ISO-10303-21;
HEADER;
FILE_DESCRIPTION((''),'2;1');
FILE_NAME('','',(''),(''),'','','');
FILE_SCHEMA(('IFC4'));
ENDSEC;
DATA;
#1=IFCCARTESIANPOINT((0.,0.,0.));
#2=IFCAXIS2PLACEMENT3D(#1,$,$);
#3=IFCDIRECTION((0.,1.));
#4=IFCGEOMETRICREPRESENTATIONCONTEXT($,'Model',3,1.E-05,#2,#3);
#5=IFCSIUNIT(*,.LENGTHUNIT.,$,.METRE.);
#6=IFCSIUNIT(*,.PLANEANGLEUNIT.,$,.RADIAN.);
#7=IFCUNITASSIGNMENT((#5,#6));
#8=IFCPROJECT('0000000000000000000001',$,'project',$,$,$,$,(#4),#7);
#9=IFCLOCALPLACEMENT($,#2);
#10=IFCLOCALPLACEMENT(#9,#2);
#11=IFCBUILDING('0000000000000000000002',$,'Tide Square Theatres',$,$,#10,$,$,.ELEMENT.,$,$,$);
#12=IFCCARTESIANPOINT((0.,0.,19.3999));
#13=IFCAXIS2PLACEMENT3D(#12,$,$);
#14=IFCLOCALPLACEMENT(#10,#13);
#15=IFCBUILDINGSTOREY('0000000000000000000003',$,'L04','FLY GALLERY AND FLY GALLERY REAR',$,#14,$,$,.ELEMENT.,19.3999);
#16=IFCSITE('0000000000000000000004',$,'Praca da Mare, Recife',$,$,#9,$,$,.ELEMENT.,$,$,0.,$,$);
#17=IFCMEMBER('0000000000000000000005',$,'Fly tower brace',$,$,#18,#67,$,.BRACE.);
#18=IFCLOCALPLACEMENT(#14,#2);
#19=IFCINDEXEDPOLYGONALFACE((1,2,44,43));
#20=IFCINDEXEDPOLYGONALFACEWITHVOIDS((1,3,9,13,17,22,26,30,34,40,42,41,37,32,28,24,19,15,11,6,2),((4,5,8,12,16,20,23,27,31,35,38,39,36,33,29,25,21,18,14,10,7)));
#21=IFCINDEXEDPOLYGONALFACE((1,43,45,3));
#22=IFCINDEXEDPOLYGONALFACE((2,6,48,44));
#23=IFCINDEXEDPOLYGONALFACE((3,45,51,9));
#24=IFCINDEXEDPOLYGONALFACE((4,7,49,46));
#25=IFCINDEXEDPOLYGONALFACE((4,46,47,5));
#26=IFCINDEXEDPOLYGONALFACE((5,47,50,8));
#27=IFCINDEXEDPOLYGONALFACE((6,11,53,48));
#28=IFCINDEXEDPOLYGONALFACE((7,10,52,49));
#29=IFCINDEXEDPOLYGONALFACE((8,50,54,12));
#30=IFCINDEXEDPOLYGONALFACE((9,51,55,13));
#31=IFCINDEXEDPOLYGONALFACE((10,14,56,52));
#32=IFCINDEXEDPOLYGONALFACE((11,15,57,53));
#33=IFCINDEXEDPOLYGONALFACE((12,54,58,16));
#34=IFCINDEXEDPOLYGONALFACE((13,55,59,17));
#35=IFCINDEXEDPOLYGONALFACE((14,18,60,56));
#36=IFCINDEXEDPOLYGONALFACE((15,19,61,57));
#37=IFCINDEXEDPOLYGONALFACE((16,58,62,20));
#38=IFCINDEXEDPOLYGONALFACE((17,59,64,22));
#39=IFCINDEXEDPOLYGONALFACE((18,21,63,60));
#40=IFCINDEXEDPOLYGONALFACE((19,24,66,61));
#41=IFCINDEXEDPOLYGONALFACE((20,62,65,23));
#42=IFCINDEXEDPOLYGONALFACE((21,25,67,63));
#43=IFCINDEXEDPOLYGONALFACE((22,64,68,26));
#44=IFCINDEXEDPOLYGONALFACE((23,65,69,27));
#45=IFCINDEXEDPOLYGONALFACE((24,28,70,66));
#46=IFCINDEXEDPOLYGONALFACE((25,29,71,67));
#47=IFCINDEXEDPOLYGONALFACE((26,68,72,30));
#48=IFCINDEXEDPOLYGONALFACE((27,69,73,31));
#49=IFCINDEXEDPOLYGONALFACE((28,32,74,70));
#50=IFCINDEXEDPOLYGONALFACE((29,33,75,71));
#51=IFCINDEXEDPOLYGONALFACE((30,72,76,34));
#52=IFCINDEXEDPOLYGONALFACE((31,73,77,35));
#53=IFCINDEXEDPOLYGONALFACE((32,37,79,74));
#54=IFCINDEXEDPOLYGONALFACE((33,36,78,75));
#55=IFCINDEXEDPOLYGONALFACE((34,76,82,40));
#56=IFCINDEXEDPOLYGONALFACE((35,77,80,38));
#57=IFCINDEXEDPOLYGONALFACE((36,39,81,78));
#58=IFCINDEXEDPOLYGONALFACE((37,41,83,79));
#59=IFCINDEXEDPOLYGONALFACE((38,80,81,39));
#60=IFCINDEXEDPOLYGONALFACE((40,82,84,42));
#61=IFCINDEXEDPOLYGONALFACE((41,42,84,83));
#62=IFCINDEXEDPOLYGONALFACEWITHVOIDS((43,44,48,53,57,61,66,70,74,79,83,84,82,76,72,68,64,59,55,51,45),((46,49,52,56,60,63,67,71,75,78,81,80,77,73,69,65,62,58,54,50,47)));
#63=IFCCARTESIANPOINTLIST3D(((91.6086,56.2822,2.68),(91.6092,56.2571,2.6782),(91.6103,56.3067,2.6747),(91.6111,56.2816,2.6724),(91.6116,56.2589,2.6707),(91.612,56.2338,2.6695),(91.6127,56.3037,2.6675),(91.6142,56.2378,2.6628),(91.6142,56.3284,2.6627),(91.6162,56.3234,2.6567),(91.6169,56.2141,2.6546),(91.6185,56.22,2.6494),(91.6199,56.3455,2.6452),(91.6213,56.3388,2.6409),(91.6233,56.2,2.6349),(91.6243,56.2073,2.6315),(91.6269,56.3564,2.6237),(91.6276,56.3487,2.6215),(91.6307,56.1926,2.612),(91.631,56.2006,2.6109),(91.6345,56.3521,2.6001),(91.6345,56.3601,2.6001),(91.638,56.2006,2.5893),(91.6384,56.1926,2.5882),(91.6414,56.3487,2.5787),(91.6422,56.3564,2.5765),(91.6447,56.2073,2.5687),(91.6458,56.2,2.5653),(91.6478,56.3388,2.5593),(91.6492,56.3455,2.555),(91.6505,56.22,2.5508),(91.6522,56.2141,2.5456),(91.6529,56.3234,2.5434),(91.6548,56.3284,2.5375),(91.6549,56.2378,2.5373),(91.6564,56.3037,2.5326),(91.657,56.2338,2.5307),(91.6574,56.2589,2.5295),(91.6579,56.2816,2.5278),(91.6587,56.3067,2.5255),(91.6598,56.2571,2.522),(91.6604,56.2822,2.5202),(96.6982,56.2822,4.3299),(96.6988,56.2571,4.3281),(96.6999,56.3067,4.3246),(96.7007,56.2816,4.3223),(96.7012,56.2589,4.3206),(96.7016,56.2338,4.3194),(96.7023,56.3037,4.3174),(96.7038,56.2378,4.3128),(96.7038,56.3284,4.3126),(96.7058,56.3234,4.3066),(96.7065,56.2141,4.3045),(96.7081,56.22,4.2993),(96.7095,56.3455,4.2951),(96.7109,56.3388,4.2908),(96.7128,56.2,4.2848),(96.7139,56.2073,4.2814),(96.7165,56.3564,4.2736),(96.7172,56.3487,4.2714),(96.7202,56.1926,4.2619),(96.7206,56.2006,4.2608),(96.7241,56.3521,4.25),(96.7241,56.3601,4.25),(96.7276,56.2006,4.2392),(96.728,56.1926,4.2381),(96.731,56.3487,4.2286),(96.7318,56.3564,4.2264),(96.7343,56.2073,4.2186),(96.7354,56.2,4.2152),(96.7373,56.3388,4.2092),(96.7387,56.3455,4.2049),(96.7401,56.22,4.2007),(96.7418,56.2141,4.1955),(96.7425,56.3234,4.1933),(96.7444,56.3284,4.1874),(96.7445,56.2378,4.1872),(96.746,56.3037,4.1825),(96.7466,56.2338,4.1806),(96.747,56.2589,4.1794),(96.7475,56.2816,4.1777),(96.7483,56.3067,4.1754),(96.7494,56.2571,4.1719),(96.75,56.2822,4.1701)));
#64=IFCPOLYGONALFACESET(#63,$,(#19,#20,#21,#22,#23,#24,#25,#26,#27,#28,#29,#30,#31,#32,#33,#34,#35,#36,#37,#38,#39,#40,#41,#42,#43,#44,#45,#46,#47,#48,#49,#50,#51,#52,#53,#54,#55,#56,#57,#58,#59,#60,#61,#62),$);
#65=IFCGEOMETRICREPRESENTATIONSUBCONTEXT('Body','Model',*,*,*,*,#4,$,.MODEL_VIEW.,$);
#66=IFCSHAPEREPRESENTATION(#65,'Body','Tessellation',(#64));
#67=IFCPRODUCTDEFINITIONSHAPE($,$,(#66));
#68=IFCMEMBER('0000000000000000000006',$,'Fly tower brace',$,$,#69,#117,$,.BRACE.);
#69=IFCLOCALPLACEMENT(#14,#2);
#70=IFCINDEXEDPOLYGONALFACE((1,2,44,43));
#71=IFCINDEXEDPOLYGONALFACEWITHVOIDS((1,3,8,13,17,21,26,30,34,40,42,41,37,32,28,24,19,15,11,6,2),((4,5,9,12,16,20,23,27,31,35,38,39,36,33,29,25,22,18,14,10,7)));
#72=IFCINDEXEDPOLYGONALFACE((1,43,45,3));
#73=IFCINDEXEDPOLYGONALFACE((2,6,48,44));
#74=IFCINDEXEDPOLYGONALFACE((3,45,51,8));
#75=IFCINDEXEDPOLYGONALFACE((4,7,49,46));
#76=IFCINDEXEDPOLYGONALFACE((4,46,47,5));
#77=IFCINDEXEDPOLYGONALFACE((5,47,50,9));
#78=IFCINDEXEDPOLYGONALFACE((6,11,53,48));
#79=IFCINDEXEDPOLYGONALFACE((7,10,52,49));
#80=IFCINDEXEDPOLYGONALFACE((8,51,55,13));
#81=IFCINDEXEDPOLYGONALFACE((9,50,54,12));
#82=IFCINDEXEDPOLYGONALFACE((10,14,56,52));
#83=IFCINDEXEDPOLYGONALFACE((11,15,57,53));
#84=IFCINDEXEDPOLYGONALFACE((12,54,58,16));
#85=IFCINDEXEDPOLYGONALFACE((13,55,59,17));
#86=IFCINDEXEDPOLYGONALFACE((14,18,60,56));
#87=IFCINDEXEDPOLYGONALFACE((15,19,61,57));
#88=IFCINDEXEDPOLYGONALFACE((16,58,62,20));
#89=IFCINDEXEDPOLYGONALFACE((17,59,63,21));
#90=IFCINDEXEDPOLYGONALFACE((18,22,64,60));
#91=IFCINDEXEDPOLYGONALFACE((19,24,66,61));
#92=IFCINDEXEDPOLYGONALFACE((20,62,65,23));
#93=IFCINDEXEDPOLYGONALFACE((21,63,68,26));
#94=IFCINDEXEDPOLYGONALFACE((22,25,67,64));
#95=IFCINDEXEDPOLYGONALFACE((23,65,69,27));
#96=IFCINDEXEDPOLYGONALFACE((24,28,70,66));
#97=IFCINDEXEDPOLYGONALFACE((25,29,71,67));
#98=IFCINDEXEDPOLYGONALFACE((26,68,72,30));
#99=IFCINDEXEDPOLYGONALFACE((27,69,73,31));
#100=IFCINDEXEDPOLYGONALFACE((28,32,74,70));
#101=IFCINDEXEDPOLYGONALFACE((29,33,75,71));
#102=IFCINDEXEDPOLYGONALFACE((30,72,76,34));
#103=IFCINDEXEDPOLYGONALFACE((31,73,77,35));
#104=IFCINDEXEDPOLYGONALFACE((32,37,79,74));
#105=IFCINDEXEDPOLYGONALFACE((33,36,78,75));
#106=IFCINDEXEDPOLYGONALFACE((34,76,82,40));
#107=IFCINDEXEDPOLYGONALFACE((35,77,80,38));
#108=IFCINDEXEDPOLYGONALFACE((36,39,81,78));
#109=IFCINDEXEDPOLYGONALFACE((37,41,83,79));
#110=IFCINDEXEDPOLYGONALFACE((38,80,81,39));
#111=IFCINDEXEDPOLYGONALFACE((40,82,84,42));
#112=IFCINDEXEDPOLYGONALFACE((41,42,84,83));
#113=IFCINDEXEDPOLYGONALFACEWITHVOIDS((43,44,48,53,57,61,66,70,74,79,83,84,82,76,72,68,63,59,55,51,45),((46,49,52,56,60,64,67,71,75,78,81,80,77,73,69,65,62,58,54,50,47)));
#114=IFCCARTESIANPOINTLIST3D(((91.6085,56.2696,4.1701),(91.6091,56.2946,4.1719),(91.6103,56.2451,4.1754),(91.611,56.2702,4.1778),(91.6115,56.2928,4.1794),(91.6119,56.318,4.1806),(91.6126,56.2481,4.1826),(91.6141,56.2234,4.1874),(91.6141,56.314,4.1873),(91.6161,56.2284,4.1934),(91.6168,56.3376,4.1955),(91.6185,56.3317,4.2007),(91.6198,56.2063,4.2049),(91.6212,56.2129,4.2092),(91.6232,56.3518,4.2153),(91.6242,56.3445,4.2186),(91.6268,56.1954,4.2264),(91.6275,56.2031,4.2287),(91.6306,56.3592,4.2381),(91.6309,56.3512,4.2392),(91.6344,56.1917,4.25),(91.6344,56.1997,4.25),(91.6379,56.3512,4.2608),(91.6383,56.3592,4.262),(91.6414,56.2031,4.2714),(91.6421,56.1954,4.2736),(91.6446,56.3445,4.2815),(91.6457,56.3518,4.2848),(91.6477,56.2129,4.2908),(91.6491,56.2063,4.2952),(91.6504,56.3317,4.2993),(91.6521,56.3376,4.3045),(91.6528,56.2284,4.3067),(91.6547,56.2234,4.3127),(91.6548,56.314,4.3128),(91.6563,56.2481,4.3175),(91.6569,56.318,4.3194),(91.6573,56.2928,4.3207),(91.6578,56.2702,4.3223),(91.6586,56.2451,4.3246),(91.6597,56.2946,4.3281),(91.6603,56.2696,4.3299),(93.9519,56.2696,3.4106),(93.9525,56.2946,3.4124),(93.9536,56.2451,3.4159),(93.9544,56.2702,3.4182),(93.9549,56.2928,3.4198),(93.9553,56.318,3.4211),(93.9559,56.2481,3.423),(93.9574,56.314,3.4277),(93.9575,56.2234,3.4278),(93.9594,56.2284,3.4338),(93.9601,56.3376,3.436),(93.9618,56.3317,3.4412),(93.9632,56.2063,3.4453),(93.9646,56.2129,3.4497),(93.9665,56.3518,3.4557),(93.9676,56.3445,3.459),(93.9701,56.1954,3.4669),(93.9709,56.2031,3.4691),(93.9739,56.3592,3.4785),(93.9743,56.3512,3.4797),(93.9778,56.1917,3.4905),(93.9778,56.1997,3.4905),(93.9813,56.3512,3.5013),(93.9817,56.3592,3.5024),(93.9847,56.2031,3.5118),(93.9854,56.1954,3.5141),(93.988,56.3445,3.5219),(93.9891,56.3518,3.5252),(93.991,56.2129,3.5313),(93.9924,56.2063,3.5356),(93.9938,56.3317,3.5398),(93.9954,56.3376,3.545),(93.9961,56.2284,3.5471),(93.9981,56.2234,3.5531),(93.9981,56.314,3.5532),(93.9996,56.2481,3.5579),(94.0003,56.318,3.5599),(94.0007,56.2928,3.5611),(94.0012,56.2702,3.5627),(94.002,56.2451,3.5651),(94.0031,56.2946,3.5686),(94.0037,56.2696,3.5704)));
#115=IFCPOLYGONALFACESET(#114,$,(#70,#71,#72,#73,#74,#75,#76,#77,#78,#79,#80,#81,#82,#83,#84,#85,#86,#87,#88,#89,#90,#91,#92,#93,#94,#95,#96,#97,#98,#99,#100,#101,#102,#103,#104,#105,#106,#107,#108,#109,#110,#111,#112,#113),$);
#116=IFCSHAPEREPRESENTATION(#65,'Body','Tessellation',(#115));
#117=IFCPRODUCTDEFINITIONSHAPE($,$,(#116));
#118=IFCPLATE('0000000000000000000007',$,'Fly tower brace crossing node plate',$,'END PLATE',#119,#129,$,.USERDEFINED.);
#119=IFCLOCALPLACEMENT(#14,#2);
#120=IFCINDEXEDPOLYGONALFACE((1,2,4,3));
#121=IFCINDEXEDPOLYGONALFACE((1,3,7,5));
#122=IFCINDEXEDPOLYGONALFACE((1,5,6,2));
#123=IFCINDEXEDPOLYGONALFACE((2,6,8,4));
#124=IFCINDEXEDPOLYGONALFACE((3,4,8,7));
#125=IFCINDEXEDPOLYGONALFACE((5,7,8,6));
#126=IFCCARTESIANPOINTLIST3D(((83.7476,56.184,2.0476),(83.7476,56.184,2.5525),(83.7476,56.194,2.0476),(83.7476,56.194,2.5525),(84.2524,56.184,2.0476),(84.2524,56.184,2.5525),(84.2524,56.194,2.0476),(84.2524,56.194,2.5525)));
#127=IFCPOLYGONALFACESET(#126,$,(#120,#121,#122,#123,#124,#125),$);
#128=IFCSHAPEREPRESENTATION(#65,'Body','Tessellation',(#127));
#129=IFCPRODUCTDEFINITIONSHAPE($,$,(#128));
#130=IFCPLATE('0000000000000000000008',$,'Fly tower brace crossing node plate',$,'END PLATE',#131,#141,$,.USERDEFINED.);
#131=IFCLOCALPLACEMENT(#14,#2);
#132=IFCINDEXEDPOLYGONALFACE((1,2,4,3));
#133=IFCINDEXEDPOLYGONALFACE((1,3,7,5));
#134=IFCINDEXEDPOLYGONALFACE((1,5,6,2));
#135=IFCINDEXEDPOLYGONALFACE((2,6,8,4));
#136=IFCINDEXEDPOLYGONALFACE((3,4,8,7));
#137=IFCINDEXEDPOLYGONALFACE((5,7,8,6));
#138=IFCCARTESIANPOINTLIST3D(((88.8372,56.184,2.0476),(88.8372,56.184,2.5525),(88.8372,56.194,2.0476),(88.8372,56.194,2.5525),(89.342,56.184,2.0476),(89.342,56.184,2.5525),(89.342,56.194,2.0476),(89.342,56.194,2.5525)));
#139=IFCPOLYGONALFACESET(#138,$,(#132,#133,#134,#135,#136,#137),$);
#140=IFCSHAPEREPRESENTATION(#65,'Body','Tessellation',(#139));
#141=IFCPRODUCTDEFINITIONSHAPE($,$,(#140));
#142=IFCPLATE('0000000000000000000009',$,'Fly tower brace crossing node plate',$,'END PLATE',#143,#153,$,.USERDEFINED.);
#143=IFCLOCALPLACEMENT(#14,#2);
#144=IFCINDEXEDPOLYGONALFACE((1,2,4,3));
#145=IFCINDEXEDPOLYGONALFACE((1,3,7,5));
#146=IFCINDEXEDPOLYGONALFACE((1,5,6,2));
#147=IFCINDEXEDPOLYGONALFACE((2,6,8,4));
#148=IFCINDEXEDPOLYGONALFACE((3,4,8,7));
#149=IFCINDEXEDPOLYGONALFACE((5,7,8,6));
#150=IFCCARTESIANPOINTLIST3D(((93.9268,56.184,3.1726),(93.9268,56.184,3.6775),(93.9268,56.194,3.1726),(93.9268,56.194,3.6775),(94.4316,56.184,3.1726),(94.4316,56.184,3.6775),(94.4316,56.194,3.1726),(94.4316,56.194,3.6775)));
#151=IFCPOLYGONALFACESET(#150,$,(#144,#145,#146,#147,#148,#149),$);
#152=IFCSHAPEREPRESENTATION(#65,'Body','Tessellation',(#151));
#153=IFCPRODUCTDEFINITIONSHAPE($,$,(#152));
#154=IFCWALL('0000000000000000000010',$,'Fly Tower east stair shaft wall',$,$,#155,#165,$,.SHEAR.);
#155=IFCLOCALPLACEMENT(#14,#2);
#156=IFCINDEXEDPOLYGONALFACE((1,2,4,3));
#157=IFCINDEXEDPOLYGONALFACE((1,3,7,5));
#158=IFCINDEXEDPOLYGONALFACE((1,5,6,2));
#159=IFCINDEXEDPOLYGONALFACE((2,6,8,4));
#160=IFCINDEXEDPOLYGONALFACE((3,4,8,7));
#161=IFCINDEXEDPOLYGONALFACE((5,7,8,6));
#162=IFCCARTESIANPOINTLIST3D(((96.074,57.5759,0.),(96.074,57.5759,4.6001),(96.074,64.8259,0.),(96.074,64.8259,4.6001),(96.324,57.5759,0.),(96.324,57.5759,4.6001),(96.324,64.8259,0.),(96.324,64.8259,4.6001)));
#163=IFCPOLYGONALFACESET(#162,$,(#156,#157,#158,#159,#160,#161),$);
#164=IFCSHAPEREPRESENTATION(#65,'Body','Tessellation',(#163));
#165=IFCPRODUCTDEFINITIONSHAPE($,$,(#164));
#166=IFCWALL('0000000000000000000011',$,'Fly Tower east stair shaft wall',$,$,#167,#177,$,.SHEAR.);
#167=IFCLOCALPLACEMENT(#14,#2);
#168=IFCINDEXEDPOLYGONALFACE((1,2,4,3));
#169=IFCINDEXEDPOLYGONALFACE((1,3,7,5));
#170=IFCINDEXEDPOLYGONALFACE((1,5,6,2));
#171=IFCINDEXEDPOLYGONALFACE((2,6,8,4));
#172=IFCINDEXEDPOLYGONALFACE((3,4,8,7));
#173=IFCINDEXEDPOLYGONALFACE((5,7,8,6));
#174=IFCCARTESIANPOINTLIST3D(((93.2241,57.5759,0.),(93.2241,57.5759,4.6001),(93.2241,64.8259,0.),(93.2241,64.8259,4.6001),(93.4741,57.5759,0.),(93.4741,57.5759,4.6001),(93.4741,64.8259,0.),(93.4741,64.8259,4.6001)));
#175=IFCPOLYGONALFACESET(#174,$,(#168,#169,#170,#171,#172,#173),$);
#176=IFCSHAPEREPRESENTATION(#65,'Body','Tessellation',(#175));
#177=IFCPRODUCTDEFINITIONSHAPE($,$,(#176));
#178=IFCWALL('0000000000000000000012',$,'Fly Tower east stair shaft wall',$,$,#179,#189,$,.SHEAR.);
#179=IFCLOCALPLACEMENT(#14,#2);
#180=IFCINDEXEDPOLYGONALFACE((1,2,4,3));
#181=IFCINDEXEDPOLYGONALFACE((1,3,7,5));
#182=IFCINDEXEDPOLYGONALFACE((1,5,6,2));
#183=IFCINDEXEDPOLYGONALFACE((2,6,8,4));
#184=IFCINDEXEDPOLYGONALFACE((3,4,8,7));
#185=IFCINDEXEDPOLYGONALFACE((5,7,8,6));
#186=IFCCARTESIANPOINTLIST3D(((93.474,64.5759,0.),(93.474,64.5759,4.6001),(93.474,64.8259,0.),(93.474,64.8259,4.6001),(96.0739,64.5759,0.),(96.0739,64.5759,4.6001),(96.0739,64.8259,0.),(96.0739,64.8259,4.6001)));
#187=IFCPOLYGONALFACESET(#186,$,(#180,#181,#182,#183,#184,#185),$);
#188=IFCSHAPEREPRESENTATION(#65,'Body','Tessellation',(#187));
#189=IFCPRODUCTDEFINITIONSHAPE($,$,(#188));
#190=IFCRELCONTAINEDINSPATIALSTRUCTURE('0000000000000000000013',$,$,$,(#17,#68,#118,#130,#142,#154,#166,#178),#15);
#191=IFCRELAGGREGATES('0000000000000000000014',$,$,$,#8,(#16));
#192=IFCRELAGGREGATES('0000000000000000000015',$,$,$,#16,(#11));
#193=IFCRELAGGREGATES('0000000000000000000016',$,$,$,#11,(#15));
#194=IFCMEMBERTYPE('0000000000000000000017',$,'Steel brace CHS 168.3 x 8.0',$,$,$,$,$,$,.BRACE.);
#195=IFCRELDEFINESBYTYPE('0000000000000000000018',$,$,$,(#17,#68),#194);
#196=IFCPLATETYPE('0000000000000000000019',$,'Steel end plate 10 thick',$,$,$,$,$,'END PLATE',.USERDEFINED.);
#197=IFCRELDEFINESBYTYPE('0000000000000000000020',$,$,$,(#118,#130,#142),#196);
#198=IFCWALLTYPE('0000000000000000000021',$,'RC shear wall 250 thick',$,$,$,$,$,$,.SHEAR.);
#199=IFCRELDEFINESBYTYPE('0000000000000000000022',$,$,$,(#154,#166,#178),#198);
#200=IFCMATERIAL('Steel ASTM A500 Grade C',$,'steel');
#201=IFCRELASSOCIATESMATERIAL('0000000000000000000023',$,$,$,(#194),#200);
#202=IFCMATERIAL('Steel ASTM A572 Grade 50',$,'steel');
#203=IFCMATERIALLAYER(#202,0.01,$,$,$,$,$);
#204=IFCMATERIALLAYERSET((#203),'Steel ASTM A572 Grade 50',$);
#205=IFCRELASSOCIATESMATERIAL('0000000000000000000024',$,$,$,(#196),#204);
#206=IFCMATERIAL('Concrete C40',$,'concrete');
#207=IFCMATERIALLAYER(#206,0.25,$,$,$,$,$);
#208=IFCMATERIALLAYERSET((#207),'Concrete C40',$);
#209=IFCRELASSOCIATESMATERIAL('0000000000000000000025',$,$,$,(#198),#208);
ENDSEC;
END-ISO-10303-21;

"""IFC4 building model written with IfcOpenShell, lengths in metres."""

from ifc_helpers import new_model, si_unit, direction, frame, frame_2d, origin, origin_2d, place, context, subcontext, project, spatial, rectangle, hollow_circle, extrude, material, layer, layer_set, material_profile, profile_set, type_object, element, save


model = new_model("IFC4")

# Units and contexts
model_context = context("Model", 3, precision=1e-05, world=origin(), true_north=direction((0.0, 1.0)))
body_context = subcontext(model_context, "Body", "Model", "MODEL_VIEW")
ifc_project = project(units=[si_unit("LENGTHUNIT", "METRE"), si_unit("PLANEANGLEUNIT", "RADIAN")], contexts=[model_context])

# Site, building, storey
site_placement = place(None, origin())
site = spatial("IfcSite", under=ifc_project, at=site_placement, Name="Praca da Mare, Recife", CompositionType="ELEMENT", RefElevation=0.0)
building_placement = place(site_placement, origin())
building = spatial("IfcBuilding", under=site, at=building_placement, Name="Tide Square Theatres", CompositionType="ELEMENT")
storey_placement = place(building_placement, frame((0.0, 0.0, 19.3999)))
storey = spatial("IfcBuildingStorey", under=building, at=storey_placement, Name="L04", Description="FLY GALLERY AND FLY GALLERY REAR", CompositionType="ELEMENT", Elevation=19.3999)

# Members
ifc_material_1 = material(Name="Steel ASTM A500 Grade C", Category="steel")
ifc_material_profile_1 = material_profile(ifc_material_1, hollow_circle(Radius=0.0842, WallThickness=0.0081, at=origin_2d()))
ifc_profile_set_1 = profile_set([ifc_material_profile_1], Name="Steel ASTM A500 Grade C")
member_type = type_object("IfcMemberType", Name="Steel brace CHS 168.3 x 8.0", PredefinedType="BRACE", material=ifc_profile_set_1)
member_1_placement = place(storey_placement, frame((91.6345, 56.2759, 2.6001), z_axis=(0.951266, 0.0, 0.308373), x_axis=(0.0, 1.0, 0.0)))
element("IfcMember", 1, at=member_1_placement, inside=storey, type_object=member_type, Name="Fly tower brace", PredefinedType="BRACE", context=body_context, shape_type="SweptSolid", body=[
    extrude(hollow_circle(Radius=0.0842, WallThickness=0.0081, at=origin_2d()), origin(), (0.0, 0.0, 1.0), 5.3503),
])
member_2_placement = place(storey_placement, frame((93.9778, 56.2759, 3.4905), z_axis=(-0.951277, 0.0, 0.308337), x_axis=(0.0, -1.0, 0.0)))
element("IfcMember", 2, at=member_2_placement, inside=storey, type_object=member_type, Name="Fly tower brace", PredefinedType="BRACE", context=body_context, shape_type="SweptSolid", body=[
    extrude(hollow_circle(Radius=0.0842, WallThickness=0.0081, at=origin_2d()), origin(), (0.0, 0.0, 1.0), 2.4634),
])

# Plates
ifc_material_2 = material(Name="Steel ASTM A572 Grade 50", Category="steel")
ifc_layer_1 = layer(ifc_material_2, 0.01)
ifc_layer_set_1 = layer_set([ifc_layer_1], Name="Steel ASTM A572 Grade 50")
plate_type = type_object("IfcPlateType", Name="Steel end plate 10 thick", ElementType="END PLATE", PredefinedType="USERDEFINED", material=ifc_layer_set_1)
for number, where, z_axis, x_axis, name in (
    (3, (84.0, 56.189, 2.0476), (0.0, 0.0, 1.0), (0.0, -1.0, 0.0), "Fly tower brace crossing node plate"),
    (4, (89.0896, 56.189, 2.0476), (0.0, 0.0, 1.0), (0.0, -1.0, 0.0), "Fly tower brace crossing node plate"),
    (5, (94.1792, 56.189, 3.1726), (0.0, 0.0, 1.0), (0.0, -1.0, 0.0), "Fly tower brace crossing node plate"),
):
    element("IfcPlate", number, at=place(storey_placement, frame(where, z_axis=z_axis, x_axis=x_axis)), inside=storey, type_object=plate_type, Name=name, ObjectType="END PLATE", PredefinedType="USERDEFINED", context=body_context, shape_type="SweptSolid", body=[
        extrude(rectangle(XDim=0.01, YDim=0.5049, at=origin_2d()), origin(), (0.0, 0.0, 1.0), 0.5049),
    ])

# Walls
ifc_material_3 = material(Name="Concrete C40", Category="concrete")
ifc_layer_2 = layer(ifc_material_3, 0.25)
ifc_layer_set_2 = layer_set([ifc_layer_2], Name="Concrete C40")
wall_type = type_object("IfcWallType", Name="RC shear wall 250 thick", PredefinedType="SHEAR", material=ifc_layer_set_2)
for number, where, z_axis, x_axis, name in (
    (6, (96.199, 57.5759, 0.0), (0.0, 0.0, 1.0), (0.0, 1.0, 0.0), "Fly Tower east stair shaft wall"),
    (7, (93.3491, 64.8259, 0.0), (0.0, 0.0, 1.0), (0.0, -1.0, 0.0), "Fly Tower east stair shaft wall"),
):
    element("IfcWall", number, at=place(storey_placement, frame(where, z_axis=z_axis, x_axis=x_axis)), inside=storey, type_object=wall_type, Name=name, PredefinedType="SHEAR", context=body_context, shape_type="SweptSolid", body=[
        extrude(rectangle(XDim=7.25, YDim=0.25, at=frame_2d((3.625, 0.0))), origin(), (0.0, 0.0, 1.0), 4.6001),
    ])
wall_1_placement = place(storey_placement, frame((93.4741, 64.7009, 0.0), z_axis=(0.0, 0.0, 1.0), x_axis=(1.0, 0.0, 0.0)))
element("IfcWall", 8, at=wall_1_placement, inside=storey, type_object=wall_type, Name="Fly Tower east stair shaft wall", PredefinedType="SHEAR", context=body_context, shape_type="SweptSolid", body=[
    extrude(rectangle(XDim=2.5999, YDim=0.25, at=frame_2d((1.2998, 0.0))), origin(), (0.0, 0.0, 1.0), 4.6001),
])

save(model, "model.ifc")
